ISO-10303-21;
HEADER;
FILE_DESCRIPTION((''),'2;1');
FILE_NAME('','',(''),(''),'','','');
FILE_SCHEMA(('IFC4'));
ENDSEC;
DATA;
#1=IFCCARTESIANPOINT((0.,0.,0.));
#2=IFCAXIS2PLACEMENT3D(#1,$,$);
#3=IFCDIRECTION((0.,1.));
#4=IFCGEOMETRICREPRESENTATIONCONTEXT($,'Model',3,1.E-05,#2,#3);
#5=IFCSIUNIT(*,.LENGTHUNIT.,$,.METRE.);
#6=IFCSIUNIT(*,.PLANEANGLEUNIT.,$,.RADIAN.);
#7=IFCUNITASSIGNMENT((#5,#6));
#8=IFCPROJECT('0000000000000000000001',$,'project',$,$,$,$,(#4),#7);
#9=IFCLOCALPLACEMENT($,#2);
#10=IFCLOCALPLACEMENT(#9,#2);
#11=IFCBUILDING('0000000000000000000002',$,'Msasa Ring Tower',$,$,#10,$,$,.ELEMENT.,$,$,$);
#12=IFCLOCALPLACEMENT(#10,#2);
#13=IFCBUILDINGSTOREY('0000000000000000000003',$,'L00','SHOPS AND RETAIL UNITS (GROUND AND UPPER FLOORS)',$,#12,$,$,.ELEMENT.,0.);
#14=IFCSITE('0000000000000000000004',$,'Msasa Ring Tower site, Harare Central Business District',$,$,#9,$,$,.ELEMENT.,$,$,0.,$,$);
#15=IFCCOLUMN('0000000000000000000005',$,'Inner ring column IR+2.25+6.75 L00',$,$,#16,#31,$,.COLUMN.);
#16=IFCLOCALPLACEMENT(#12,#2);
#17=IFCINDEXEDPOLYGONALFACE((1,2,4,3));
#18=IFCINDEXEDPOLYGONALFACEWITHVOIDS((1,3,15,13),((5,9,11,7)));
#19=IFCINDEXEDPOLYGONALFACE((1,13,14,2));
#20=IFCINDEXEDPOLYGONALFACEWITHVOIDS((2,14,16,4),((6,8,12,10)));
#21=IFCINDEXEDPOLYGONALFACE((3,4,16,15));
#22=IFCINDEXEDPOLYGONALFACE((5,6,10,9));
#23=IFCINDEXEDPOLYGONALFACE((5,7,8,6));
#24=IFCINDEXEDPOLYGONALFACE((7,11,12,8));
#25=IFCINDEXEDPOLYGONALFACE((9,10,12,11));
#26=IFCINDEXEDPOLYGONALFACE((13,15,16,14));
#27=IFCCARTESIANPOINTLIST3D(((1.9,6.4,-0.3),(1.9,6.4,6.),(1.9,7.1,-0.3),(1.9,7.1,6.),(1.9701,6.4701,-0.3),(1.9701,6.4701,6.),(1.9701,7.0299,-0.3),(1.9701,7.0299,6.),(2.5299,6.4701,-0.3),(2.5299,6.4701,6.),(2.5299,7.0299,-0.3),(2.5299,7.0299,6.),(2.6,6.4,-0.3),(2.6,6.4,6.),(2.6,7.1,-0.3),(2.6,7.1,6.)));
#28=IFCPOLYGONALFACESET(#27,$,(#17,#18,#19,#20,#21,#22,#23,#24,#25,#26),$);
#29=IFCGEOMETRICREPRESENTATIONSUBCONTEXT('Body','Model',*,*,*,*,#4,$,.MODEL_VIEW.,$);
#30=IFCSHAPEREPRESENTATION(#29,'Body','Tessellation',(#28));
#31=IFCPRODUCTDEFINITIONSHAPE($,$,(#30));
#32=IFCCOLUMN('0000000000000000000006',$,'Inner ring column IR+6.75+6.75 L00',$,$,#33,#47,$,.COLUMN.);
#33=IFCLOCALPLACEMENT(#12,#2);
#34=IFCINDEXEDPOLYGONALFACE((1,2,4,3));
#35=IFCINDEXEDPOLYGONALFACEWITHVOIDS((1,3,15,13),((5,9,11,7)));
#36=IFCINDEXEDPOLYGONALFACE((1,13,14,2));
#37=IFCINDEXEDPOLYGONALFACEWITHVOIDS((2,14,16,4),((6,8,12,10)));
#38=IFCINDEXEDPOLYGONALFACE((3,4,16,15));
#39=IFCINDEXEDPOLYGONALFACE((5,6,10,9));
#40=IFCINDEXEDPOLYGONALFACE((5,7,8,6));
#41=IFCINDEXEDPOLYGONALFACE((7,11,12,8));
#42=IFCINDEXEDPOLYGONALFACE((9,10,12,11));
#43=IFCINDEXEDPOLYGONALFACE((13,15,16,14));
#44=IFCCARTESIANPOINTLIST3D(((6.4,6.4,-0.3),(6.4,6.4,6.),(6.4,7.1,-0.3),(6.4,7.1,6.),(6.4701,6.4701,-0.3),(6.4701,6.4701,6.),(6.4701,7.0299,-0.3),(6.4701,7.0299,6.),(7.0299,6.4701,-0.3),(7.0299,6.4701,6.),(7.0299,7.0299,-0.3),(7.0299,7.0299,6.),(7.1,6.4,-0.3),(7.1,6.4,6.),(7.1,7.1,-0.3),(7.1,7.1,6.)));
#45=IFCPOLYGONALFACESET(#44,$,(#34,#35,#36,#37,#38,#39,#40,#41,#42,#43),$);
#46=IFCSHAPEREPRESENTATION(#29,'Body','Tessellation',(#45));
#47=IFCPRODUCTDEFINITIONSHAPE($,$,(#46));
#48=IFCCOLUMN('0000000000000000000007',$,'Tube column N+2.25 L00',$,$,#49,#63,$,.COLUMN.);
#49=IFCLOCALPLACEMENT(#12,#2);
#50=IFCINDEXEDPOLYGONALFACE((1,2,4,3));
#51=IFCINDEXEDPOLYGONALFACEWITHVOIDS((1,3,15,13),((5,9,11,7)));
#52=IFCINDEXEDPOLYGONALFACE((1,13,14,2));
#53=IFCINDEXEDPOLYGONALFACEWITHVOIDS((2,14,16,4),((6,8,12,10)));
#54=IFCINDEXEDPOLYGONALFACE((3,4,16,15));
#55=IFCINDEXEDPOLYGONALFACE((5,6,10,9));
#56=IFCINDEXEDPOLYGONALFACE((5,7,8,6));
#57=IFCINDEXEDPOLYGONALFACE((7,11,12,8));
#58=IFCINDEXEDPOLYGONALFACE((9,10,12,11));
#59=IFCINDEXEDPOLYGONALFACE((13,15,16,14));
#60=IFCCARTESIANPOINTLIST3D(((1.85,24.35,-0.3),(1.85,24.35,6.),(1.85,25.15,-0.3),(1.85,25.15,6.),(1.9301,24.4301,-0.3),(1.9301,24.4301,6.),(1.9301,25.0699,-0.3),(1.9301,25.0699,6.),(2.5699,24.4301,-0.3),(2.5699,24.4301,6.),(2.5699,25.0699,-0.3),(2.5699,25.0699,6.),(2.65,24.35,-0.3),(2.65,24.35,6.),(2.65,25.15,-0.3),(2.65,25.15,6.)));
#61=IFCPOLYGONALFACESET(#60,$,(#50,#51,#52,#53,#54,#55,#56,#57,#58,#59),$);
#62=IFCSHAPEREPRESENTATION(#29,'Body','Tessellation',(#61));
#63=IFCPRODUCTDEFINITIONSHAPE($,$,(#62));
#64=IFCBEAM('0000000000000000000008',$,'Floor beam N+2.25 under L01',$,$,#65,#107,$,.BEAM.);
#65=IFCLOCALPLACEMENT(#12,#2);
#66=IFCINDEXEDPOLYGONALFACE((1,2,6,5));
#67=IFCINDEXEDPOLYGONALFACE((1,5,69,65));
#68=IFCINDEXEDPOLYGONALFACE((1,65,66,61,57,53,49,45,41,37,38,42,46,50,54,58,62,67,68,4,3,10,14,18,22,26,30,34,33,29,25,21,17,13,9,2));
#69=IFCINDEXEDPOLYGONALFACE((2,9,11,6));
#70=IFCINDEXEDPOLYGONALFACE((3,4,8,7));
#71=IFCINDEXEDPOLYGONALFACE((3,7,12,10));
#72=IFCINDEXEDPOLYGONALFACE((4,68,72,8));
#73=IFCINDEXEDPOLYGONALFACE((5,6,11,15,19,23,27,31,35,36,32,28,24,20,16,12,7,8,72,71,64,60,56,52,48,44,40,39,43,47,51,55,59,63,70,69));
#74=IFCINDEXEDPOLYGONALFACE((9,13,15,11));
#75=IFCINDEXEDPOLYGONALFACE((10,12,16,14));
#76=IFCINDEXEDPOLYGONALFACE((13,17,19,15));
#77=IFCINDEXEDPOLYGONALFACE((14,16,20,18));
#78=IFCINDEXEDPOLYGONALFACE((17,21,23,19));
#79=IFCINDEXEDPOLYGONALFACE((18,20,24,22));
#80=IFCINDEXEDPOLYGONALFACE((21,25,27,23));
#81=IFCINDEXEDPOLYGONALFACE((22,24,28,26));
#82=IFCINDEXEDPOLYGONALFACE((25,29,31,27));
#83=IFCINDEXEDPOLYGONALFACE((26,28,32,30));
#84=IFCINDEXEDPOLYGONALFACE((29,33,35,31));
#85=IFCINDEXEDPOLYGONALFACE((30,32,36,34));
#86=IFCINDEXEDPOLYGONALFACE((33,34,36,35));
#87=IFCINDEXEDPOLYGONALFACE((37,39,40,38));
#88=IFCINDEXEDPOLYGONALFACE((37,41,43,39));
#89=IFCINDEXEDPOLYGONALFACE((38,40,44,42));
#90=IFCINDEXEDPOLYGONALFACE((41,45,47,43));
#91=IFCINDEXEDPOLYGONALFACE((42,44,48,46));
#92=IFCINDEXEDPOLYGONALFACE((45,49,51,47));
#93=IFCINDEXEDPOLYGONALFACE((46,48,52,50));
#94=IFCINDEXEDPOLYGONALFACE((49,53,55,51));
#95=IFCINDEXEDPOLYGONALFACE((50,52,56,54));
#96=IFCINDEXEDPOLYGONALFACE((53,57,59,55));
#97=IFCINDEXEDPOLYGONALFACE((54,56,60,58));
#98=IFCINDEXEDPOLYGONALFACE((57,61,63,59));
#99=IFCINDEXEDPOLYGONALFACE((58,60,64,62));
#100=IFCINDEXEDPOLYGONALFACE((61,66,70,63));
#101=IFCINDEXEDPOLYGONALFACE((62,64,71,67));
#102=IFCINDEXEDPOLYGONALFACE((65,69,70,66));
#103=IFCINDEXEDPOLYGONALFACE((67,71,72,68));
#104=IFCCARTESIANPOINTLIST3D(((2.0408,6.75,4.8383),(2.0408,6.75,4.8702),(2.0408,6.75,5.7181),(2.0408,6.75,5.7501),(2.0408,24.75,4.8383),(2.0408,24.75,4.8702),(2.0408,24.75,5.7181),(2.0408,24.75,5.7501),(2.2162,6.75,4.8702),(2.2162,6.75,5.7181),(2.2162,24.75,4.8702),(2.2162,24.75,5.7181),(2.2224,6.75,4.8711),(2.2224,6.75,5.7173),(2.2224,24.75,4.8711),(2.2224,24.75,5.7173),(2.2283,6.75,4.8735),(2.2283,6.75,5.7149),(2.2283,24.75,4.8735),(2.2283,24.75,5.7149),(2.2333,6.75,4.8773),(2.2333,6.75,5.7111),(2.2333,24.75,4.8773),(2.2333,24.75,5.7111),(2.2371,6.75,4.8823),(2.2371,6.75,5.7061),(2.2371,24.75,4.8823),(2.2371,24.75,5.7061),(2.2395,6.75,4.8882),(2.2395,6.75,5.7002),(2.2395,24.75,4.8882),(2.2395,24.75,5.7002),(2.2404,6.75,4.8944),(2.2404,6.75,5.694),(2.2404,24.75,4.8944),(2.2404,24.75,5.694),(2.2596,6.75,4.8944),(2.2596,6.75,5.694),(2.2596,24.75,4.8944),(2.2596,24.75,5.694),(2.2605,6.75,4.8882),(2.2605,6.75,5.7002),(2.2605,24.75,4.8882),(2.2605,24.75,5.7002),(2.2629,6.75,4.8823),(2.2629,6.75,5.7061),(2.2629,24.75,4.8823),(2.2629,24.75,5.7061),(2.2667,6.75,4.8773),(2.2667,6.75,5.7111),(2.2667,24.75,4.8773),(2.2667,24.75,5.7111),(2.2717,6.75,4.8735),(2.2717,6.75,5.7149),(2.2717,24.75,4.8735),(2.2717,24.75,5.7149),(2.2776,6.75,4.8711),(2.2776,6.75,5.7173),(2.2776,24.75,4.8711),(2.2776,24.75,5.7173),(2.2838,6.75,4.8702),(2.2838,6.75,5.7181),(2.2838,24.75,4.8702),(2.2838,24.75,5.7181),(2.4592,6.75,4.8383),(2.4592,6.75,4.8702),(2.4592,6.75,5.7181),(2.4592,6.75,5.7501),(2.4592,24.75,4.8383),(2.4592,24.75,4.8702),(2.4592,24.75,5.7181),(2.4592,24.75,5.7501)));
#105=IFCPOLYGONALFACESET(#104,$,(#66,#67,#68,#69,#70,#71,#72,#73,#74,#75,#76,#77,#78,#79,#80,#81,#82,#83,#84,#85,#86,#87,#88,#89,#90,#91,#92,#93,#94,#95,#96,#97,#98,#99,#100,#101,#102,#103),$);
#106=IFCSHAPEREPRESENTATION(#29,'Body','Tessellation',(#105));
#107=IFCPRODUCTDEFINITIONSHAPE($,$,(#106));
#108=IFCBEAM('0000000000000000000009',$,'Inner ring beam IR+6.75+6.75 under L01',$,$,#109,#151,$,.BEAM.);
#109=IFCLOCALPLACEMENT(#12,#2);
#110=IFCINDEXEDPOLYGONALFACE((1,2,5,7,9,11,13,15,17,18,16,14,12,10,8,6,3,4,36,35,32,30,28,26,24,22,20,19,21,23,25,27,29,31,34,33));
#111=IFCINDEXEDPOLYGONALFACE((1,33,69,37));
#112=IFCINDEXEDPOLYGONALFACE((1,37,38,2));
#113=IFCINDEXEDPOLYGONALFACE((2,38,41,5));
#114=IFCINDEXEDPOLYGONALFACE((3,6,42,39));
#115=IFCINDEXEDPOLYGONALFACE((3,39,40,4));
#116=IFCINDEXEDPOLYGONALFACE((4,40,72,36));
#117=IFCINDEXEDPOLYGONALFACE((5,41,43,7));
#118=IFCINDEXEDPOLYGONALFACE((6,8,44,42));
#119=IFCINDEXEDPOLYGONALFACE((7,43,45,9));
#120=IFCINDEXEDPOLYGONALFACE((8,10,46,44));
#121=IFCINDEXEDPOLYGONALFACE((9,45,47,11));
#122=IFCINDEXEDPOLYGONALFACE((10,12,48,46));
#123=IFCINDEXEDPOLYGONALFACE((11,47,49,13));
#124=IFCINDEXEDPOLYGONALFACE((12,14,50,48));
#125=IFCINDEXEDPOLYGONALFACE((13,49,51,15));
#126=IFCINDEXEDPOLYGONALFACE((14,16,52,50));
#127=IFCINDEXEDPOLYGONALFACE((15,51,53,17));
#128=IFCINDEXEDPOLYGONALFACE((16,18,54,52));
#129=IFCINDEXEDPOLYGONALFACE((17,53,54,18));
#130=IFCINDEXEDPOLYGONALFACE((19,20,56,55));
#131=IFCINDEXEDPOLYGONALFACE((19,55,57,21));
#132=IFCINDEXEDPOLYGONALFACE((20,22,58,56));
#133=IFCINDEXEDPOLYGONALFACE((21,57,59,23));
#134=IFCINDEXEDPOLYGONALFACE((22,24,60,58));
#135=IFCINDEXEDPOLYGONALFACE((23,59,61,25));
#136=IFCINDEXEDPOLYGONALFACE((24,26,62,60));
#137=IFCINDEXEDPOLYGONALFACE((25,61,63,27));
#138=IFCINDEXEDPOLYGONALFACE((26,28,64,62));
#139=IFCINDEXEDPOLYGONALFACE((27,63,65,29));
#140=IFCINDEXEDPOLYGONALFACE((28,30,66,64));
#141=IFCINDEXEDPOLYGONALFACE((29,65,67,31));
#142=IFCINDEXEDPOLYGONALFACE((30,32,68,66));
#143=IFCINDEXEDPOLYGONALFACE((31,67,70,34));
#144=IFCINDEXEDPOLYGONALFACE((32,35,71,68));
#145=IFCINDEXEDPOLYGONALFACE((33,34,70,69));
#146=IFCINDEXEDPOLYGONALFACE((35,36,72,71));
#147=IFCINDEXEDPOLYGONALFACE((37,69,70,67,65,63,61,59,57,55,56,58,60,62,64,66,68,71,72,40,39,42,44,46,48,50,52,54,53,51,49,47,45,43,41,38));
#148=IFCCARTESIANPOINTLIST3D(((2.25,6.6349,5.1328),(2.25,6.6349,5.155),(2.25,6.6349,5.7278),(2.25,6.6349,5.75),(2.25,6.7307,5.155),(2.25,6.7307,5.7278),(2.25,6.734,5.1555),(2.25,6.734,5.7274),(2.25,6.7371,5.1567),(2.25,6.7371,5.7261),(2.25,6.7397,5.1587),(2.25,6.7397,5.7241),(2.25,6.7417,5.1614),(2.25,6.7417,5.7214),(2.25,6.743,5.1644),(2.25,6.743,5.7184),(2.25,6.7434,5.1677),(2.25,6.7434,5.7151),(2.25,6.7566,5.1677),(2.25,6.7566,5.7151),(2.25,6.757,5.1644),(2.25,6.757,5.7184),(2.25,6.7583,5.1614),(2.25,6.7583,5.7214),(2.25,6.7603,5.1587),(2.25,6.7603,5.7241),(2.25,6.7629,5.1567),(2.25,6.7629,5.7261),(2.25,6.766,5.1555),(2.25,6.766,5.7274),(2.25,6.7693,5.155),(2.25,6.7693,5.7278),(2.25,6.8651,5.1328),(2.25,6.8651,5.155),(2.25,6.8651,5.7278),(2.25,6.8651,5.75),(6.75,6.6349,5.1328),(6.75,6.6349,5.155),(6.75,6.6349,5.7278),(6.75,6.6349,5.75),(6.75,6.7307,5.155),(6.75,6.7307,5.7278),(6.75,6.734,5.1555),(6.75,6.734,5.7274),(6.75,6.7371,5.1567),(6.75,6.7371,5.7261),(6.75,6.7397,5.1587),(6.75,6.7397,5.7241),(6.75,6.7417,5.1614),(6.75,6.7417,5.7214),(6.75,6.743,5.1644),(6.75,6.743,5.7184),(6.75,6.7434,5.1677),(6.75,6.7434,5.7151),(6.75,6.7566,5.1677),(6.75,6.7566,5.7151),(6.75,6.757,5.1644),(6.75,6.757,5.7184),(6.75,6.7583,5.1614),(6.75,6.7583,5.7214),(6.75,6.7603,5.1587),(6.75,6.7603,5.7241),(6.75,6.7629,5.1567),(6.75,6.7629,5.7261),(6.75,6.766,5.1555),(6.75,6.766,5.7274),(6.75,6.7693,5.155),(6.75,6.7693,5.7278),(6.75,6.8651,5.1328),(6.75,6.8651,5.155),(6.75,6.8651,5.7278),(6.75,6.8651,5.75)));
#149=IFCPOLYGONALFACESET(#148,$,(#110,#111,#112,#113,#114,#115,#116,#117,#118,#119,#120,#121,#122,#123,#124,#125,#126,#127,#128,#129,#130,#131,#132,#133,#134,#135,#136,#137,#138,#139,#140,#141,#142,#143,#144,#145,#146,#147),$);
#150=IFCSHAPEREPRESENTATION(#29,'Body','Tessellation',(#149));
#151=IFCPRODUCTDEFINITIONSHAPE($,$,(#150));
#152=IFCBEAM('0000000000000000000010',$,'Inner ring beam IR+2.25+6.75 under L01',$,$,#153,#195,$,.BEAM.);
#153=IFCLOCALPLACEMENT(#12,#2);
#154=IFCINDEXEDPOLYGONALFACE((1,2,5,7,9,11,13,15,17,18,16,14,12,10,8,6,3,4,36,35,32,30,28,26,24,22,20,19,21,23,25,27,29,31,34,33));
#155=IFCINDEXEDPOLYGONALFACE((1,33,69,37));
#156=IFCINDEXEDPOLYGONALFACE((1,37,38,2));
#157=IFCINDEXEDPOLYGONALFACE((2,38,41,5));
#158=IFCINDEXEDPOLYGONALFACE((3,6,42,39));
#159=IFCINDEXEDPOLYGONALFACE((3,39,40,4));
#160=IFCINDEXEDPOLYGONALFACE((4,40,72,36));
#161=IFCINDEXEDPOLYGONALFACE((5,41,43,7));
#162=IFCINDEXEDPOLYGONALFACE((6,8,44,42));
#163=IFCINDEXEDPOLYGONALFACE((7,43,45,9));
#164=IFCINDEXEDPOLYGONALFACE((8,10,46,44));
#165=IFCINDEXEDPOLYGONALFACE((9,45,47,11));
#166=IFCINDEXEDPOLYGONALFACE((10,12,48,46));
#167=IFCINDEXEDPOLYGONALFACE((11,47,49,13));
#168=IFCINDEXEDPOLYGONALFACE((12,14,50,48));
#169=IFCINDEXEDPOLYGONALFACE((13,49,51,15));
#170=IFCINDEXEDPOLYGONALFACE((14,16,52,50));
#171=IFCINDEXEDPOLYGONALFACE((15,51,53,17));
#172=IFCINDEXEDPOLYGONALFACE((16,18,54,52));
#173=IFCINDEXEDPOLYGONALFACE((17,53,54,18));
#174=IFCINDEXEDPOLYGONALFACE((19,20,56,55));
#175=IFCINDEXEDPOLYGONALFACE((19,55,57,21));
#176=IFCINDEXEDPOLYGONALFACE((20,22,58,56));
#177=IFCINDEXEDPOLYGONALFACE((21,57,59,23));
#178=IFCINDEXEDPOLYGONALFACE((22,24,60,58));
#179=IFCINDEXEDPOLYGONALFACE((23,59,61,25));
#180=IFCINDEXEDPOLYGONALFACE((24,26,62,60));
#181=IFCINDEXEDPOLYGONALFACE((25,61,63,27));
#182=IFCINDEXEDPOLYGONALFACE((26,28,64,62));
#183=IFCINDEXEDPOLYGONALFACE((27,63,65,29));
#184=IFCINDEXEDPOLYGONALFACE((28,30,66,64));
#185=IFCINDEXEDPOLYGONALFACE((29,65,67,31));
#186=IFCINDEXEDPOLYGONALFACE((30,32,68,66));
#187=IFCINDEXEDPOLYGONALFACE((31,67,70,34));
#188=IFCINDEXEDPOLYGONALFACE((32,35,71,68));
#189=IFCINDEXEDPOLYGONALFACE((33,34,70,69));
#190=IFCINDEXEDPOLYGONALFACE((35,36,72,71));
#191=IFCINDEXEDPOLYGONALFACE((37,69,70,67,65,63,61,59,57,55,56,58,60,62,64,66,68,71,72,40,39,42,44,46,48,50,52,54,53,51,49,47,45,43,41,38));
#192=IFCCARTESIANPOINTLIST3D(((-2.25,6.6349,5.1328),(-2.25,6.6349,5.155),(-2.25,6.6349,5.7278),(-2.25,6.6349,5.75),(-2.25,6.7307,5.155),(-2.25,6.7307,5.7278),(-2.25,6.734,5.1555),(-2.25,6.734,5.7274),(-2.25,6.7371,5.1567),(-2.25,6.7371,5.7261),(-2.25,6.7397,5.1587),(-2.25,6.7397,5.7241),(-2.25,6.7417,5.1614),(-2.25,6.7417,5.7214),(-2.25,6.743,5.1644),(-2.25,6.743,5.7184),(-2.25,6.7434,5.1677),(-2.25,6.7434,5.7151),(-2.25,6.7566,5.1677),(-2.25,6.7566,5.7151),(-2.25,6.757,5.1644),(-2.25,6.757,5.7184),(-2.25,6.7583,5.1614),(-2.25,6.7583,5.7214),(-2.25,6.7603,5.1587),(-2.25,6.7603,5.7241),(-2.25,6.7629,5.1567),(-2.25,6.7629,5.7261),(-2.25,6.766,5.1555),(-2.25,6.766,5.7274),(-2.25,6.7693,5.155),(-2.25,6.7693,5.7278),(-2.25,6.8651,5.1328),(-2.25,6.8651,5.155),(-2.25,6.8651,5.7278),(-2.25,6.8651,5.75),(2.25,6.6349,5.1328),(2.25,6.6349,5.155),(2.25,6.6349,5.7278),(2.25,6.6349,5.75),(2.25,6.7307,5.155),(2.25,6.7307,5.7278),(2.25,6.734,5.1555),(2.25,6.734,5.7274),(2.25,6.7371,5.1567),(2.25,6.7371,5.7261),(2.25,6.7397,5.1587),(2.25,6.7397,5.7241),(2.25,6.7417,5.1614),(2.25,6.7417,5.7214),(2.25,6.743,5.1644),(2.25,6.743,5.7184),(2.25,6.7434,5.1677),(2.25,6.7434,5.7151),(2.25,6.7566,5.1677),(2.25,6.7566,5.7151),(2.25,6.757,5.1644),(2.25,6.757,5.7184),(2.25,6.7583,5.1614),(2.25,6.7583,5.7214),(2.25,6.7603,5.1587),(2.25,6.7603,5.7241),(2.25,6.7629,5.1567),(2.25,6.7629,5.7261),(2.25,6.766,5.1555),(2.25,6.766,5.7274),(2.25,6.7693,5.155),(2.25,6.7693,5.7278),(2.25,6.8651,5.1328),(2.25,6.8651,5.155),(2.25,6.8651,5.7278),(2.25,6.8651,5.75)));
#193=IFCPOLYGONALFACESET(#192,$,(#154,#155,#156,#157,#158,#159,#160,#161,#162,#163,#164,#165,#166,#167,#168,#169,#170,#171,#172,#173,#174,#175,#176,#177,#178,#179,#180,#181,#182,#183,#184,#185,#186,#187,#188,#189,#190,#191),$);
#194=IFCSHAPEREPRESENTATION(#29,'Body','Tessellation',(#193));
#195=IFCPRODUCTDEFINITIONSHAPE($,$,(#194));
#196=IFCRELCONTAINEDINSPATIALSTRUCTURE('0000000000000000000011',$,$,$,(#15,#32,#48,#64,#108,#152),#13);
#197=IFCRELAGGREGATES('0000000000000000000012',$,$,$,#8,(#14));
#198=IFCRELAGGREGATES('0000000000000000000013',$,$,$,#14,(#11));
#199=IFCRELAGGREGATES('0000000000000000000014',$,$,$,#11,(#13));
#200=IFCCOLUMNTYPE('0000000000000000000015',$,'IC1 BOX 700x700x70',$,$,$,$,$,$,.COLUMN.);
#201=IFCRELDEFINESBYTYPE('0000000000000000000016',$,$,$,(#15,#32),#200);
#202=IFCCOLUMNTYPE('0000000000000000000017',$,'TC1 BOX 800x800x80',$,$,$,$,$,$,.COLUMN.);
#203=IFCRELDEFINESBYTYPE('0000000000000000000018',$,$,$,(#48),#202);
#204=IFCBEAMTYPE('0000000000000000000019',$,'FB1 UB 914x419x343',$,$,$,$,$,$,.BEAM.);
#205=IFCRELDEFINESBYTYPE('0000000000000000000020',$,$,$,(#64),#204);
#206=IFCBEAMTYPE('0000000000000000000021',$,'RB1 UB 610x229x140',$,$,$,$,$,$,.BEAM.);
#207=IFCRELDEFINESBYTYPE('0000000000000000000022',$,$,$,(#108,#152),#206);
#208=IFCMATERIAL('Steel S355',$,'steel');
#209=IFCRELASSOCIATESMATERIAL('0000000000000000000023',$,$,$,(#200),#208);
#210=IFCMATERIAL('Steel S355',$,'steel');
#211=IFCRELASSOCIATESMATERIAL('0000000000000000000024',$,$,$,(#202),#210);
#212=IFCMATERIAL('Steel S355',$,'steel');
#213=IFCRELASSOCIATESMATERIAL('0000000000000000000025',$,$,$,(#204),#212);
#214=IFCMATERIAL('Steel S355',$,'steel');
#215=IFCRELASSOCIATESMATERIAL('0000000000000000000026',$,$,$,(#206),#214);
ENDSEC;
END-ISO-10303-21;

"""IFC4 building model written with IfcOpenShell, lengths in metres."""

from ifc_helpers import new_model, si_unit, direction, frame, origin, origin_2d, place, context, subcontext, project, spatial, hollow_rectangle, i_section, extrude, material, material_profile, profile_set, type_object, element, save


model = new_model("IFC4")

# Units and contexts
model_context = context("Model", 3, precision=1e-05, world=origin(), true_north=direction((0.0, 1.0)))
body_context = subcontext(model_context, "Body", "Model", "MODEL_VIEW")
ifc_project = project(units=[si_unit("LENGTHUNIT", "METRE"), si_unit("PLANEANGLEUNIT", "RADIAN")], contexts=[model_context])

# Site, building, storey
site_placement = place(None, origin())
site = spatial("IfcSite", under=ifc_project, at=site_placement, Name="Msasa Ring Tower site, Harare Central Business District", CompositionType="ELEMENT", RefElevation=0.0)
building_placement = place(site_placement, origin())
building = spatial("IfcBuilding", under=site, at=building_placement, Name="Msasa Ring Tower", CompositionType="ELEMENT")
storey_placement = place(building_placement, origin())
storey = spatial("IfcBuildingStorey", under=building, at=storey_placement, Name="L00", Description="SHOPS AND RETAIL UNITS (GROUND AND UPPER FLOORS)", CompositionType="ELEMENT", Elevation=0.0)

# Columns
ifc_material_1 = material(Name="Steel S355", Category="steel")
ifc_material_profile_1 = material_profile(ifc_material_1, hollow_rectangle(XDim=0.7, YDim=0.7, WallThickness=0.0701, at=origin_2d()), Name="BOX 700x700x70")
ifc_profile_set_1 = profile_set([ifc_material_profile_1], Name="Steel S355")
column_type_1 = type_object("IfcColumnType", Name="IC1 BOX 700x700x70", PredefinedType="COLUMN", material=ifc_profile_set_1)
for number, where, z_axis, x_axis, name in (
    (1, (2.25, 6.75, -0.3), (0.0, 0.0, 1.0), (1.0, 0.0, 0.0), "Inner ring column IR+2.25+6.75 L00"),
    (2, (6.75, 6.75, -0.3), (0.0, 0.0, 1.0), (1.0, 0.0, 0.0), "Inner ring column IR+6.75+6.75 L00"),
):
    element("IfcColumn", number, at=place(storey_placement, frame(where, z_axis=z_axis, x_axis=x_axis)), inside=storey, type_object=column_type_1, Name=name, PredefinedType="COLUMN", context=body_context, shape_type="SweptSolid", body=[
        extrude(hollow_rectangle(XDim=0.7, YDim=0.7, WallThickness=0.0701, at=origin_2d()), origin(), (0.0, 0.0, 1.0), 6.3),
    ])
ifc_material_2 = material(Name="Steel S355", Category="steel")
ifc_material_profile_2 = material_profile(ifc_material_2, hollow_rectangle(XDim=0.8, YDim=0.8, WallThickness=0.0801, at=origin_2d()), Name="BOX 800x800x80")
ifc_profile_set_2 = profile_set([ifc_material_profile_2], Name="Steel S355")
column_type_2 = type_object("IfcColumnType", Name="TC1 BOX 800x800x80", PredefinedType="COLUMN", material=ifc_profile_set_2)
column_placement = place(storey_placement, frame((2.25, 24.75, -0.3), z_axis=(0.0, 0.0, 1.0), x_axis=(0.0, 1.0, 0.0)))
element("IfcColumn", 3, at=column_placement, inside=storey, type_object=column_type_2, Name="Tube column N+2.25 L00", PredefinedType="COLUMN", context=body_context, shape_type="SweptSolid", body=[
    extrude(hollow_rectangle(XDim=0.8, YDim=0.8, WallThickness=0.0801, at=origin_2d()), origin(), (0.0, 0.0, 1.0), 6.3),
])

# Beams
ifc_material_3 = material(Name="Steel S355", Category="steel")
ifc_material_profile_3 = material_profile(ifc_material_3, i_section(OverallWidth=0.4185, OverallDepth=0.9119, WebThickness=0.0193, FlangeThickness=0.032, FilletRadius=0.0242, at=origin_2d()), Name="UB 914x419x343")
ifc_profile_set_3 = profile_set([ifc_material_profile_3], Name="Steel S355")
beam_type_1 = type_object("IfcBeamType", Name="FB1 UB 914x419x343", PredefinedType="BEAM", material=ifc_profile_set_3)
beam_1_placement = place(storey_placement, frame((2.25, 24.75, 5.2942), z_axis=(0.0, -1.0, 0.0), x_axis=(1.0, 0.0, 0.0)))
element("IfcBeam", 4, at=beam_1_placement, inside=storey, type_object=beam_type_1, Name="Floor beam N+2.25 under L01", PredefinedType="BEAM", context=body_context, shape_type="SweptSolid", body=[
    extrude(i_section(OverallWidth=0.4185, OverallDepth=0.9119, WebThickness=0.0193, FlangeThickness=0.032, FilletRadius=0.0242, at=origin_2d()), origin(), (0.0, 0.0, 1.0), 18.0),
])
ifc_material_4 = material(Name="Steel S355", Category="steel")
ifc_material_profile_4 = material_profile(ifc_material_4, i_section(OverallWidth=0.2302, OverallDepth=0.6172, WebThickness=0.0132, FlangeThickness=0.0222, FilletRadius=0.0127, at=origin_2d()), Name="UB 610x229x140")
ifc_profile_set_4 = profile_set([ifc_material_profile_4], Name="Steel S355")
beam_type_2 = type_object("IfcBeamType", Name="RB1 UB 610x229x140", PredefinedType="BEAM", material=ifc_profile_set_4)
for number, where, z_axis, x_axis, name in (
    (5, (6.75, 6.75, 5.4414), (-1.0, 0.0, 0.0), (0.0, -1.0, 0.0), "Inner ring beam IR+6.75+6.75 under L01"),
    (6, (2.25, 6.75, 5.4414), (-1.0, 0.0, 0.0), (0.0, -1.0, 0.0), "Inner ring beam IR+2.25+6.75 under L01"),
):
    element("IfcBeam", number, at=place(storey_placement, frame(where, z_axis=z_axis, x_axis=x_axis)), inside=storey, type_object=beam_type_2, Name=name, PredefinedType="BEAM", context=body_context, shape_type="SweptSolid", body=[
        extrude(i_section(OverallWidth=0.2302, OverallDepth=0.6172, WebThickness=0.0132, FlangeThickness=0.0222, FilletRadius=0.0127, at=origin_2d()), origin(), (0.0, 0.0, 1.0), 4.5),
    ])

save(model, "model.ifc")
